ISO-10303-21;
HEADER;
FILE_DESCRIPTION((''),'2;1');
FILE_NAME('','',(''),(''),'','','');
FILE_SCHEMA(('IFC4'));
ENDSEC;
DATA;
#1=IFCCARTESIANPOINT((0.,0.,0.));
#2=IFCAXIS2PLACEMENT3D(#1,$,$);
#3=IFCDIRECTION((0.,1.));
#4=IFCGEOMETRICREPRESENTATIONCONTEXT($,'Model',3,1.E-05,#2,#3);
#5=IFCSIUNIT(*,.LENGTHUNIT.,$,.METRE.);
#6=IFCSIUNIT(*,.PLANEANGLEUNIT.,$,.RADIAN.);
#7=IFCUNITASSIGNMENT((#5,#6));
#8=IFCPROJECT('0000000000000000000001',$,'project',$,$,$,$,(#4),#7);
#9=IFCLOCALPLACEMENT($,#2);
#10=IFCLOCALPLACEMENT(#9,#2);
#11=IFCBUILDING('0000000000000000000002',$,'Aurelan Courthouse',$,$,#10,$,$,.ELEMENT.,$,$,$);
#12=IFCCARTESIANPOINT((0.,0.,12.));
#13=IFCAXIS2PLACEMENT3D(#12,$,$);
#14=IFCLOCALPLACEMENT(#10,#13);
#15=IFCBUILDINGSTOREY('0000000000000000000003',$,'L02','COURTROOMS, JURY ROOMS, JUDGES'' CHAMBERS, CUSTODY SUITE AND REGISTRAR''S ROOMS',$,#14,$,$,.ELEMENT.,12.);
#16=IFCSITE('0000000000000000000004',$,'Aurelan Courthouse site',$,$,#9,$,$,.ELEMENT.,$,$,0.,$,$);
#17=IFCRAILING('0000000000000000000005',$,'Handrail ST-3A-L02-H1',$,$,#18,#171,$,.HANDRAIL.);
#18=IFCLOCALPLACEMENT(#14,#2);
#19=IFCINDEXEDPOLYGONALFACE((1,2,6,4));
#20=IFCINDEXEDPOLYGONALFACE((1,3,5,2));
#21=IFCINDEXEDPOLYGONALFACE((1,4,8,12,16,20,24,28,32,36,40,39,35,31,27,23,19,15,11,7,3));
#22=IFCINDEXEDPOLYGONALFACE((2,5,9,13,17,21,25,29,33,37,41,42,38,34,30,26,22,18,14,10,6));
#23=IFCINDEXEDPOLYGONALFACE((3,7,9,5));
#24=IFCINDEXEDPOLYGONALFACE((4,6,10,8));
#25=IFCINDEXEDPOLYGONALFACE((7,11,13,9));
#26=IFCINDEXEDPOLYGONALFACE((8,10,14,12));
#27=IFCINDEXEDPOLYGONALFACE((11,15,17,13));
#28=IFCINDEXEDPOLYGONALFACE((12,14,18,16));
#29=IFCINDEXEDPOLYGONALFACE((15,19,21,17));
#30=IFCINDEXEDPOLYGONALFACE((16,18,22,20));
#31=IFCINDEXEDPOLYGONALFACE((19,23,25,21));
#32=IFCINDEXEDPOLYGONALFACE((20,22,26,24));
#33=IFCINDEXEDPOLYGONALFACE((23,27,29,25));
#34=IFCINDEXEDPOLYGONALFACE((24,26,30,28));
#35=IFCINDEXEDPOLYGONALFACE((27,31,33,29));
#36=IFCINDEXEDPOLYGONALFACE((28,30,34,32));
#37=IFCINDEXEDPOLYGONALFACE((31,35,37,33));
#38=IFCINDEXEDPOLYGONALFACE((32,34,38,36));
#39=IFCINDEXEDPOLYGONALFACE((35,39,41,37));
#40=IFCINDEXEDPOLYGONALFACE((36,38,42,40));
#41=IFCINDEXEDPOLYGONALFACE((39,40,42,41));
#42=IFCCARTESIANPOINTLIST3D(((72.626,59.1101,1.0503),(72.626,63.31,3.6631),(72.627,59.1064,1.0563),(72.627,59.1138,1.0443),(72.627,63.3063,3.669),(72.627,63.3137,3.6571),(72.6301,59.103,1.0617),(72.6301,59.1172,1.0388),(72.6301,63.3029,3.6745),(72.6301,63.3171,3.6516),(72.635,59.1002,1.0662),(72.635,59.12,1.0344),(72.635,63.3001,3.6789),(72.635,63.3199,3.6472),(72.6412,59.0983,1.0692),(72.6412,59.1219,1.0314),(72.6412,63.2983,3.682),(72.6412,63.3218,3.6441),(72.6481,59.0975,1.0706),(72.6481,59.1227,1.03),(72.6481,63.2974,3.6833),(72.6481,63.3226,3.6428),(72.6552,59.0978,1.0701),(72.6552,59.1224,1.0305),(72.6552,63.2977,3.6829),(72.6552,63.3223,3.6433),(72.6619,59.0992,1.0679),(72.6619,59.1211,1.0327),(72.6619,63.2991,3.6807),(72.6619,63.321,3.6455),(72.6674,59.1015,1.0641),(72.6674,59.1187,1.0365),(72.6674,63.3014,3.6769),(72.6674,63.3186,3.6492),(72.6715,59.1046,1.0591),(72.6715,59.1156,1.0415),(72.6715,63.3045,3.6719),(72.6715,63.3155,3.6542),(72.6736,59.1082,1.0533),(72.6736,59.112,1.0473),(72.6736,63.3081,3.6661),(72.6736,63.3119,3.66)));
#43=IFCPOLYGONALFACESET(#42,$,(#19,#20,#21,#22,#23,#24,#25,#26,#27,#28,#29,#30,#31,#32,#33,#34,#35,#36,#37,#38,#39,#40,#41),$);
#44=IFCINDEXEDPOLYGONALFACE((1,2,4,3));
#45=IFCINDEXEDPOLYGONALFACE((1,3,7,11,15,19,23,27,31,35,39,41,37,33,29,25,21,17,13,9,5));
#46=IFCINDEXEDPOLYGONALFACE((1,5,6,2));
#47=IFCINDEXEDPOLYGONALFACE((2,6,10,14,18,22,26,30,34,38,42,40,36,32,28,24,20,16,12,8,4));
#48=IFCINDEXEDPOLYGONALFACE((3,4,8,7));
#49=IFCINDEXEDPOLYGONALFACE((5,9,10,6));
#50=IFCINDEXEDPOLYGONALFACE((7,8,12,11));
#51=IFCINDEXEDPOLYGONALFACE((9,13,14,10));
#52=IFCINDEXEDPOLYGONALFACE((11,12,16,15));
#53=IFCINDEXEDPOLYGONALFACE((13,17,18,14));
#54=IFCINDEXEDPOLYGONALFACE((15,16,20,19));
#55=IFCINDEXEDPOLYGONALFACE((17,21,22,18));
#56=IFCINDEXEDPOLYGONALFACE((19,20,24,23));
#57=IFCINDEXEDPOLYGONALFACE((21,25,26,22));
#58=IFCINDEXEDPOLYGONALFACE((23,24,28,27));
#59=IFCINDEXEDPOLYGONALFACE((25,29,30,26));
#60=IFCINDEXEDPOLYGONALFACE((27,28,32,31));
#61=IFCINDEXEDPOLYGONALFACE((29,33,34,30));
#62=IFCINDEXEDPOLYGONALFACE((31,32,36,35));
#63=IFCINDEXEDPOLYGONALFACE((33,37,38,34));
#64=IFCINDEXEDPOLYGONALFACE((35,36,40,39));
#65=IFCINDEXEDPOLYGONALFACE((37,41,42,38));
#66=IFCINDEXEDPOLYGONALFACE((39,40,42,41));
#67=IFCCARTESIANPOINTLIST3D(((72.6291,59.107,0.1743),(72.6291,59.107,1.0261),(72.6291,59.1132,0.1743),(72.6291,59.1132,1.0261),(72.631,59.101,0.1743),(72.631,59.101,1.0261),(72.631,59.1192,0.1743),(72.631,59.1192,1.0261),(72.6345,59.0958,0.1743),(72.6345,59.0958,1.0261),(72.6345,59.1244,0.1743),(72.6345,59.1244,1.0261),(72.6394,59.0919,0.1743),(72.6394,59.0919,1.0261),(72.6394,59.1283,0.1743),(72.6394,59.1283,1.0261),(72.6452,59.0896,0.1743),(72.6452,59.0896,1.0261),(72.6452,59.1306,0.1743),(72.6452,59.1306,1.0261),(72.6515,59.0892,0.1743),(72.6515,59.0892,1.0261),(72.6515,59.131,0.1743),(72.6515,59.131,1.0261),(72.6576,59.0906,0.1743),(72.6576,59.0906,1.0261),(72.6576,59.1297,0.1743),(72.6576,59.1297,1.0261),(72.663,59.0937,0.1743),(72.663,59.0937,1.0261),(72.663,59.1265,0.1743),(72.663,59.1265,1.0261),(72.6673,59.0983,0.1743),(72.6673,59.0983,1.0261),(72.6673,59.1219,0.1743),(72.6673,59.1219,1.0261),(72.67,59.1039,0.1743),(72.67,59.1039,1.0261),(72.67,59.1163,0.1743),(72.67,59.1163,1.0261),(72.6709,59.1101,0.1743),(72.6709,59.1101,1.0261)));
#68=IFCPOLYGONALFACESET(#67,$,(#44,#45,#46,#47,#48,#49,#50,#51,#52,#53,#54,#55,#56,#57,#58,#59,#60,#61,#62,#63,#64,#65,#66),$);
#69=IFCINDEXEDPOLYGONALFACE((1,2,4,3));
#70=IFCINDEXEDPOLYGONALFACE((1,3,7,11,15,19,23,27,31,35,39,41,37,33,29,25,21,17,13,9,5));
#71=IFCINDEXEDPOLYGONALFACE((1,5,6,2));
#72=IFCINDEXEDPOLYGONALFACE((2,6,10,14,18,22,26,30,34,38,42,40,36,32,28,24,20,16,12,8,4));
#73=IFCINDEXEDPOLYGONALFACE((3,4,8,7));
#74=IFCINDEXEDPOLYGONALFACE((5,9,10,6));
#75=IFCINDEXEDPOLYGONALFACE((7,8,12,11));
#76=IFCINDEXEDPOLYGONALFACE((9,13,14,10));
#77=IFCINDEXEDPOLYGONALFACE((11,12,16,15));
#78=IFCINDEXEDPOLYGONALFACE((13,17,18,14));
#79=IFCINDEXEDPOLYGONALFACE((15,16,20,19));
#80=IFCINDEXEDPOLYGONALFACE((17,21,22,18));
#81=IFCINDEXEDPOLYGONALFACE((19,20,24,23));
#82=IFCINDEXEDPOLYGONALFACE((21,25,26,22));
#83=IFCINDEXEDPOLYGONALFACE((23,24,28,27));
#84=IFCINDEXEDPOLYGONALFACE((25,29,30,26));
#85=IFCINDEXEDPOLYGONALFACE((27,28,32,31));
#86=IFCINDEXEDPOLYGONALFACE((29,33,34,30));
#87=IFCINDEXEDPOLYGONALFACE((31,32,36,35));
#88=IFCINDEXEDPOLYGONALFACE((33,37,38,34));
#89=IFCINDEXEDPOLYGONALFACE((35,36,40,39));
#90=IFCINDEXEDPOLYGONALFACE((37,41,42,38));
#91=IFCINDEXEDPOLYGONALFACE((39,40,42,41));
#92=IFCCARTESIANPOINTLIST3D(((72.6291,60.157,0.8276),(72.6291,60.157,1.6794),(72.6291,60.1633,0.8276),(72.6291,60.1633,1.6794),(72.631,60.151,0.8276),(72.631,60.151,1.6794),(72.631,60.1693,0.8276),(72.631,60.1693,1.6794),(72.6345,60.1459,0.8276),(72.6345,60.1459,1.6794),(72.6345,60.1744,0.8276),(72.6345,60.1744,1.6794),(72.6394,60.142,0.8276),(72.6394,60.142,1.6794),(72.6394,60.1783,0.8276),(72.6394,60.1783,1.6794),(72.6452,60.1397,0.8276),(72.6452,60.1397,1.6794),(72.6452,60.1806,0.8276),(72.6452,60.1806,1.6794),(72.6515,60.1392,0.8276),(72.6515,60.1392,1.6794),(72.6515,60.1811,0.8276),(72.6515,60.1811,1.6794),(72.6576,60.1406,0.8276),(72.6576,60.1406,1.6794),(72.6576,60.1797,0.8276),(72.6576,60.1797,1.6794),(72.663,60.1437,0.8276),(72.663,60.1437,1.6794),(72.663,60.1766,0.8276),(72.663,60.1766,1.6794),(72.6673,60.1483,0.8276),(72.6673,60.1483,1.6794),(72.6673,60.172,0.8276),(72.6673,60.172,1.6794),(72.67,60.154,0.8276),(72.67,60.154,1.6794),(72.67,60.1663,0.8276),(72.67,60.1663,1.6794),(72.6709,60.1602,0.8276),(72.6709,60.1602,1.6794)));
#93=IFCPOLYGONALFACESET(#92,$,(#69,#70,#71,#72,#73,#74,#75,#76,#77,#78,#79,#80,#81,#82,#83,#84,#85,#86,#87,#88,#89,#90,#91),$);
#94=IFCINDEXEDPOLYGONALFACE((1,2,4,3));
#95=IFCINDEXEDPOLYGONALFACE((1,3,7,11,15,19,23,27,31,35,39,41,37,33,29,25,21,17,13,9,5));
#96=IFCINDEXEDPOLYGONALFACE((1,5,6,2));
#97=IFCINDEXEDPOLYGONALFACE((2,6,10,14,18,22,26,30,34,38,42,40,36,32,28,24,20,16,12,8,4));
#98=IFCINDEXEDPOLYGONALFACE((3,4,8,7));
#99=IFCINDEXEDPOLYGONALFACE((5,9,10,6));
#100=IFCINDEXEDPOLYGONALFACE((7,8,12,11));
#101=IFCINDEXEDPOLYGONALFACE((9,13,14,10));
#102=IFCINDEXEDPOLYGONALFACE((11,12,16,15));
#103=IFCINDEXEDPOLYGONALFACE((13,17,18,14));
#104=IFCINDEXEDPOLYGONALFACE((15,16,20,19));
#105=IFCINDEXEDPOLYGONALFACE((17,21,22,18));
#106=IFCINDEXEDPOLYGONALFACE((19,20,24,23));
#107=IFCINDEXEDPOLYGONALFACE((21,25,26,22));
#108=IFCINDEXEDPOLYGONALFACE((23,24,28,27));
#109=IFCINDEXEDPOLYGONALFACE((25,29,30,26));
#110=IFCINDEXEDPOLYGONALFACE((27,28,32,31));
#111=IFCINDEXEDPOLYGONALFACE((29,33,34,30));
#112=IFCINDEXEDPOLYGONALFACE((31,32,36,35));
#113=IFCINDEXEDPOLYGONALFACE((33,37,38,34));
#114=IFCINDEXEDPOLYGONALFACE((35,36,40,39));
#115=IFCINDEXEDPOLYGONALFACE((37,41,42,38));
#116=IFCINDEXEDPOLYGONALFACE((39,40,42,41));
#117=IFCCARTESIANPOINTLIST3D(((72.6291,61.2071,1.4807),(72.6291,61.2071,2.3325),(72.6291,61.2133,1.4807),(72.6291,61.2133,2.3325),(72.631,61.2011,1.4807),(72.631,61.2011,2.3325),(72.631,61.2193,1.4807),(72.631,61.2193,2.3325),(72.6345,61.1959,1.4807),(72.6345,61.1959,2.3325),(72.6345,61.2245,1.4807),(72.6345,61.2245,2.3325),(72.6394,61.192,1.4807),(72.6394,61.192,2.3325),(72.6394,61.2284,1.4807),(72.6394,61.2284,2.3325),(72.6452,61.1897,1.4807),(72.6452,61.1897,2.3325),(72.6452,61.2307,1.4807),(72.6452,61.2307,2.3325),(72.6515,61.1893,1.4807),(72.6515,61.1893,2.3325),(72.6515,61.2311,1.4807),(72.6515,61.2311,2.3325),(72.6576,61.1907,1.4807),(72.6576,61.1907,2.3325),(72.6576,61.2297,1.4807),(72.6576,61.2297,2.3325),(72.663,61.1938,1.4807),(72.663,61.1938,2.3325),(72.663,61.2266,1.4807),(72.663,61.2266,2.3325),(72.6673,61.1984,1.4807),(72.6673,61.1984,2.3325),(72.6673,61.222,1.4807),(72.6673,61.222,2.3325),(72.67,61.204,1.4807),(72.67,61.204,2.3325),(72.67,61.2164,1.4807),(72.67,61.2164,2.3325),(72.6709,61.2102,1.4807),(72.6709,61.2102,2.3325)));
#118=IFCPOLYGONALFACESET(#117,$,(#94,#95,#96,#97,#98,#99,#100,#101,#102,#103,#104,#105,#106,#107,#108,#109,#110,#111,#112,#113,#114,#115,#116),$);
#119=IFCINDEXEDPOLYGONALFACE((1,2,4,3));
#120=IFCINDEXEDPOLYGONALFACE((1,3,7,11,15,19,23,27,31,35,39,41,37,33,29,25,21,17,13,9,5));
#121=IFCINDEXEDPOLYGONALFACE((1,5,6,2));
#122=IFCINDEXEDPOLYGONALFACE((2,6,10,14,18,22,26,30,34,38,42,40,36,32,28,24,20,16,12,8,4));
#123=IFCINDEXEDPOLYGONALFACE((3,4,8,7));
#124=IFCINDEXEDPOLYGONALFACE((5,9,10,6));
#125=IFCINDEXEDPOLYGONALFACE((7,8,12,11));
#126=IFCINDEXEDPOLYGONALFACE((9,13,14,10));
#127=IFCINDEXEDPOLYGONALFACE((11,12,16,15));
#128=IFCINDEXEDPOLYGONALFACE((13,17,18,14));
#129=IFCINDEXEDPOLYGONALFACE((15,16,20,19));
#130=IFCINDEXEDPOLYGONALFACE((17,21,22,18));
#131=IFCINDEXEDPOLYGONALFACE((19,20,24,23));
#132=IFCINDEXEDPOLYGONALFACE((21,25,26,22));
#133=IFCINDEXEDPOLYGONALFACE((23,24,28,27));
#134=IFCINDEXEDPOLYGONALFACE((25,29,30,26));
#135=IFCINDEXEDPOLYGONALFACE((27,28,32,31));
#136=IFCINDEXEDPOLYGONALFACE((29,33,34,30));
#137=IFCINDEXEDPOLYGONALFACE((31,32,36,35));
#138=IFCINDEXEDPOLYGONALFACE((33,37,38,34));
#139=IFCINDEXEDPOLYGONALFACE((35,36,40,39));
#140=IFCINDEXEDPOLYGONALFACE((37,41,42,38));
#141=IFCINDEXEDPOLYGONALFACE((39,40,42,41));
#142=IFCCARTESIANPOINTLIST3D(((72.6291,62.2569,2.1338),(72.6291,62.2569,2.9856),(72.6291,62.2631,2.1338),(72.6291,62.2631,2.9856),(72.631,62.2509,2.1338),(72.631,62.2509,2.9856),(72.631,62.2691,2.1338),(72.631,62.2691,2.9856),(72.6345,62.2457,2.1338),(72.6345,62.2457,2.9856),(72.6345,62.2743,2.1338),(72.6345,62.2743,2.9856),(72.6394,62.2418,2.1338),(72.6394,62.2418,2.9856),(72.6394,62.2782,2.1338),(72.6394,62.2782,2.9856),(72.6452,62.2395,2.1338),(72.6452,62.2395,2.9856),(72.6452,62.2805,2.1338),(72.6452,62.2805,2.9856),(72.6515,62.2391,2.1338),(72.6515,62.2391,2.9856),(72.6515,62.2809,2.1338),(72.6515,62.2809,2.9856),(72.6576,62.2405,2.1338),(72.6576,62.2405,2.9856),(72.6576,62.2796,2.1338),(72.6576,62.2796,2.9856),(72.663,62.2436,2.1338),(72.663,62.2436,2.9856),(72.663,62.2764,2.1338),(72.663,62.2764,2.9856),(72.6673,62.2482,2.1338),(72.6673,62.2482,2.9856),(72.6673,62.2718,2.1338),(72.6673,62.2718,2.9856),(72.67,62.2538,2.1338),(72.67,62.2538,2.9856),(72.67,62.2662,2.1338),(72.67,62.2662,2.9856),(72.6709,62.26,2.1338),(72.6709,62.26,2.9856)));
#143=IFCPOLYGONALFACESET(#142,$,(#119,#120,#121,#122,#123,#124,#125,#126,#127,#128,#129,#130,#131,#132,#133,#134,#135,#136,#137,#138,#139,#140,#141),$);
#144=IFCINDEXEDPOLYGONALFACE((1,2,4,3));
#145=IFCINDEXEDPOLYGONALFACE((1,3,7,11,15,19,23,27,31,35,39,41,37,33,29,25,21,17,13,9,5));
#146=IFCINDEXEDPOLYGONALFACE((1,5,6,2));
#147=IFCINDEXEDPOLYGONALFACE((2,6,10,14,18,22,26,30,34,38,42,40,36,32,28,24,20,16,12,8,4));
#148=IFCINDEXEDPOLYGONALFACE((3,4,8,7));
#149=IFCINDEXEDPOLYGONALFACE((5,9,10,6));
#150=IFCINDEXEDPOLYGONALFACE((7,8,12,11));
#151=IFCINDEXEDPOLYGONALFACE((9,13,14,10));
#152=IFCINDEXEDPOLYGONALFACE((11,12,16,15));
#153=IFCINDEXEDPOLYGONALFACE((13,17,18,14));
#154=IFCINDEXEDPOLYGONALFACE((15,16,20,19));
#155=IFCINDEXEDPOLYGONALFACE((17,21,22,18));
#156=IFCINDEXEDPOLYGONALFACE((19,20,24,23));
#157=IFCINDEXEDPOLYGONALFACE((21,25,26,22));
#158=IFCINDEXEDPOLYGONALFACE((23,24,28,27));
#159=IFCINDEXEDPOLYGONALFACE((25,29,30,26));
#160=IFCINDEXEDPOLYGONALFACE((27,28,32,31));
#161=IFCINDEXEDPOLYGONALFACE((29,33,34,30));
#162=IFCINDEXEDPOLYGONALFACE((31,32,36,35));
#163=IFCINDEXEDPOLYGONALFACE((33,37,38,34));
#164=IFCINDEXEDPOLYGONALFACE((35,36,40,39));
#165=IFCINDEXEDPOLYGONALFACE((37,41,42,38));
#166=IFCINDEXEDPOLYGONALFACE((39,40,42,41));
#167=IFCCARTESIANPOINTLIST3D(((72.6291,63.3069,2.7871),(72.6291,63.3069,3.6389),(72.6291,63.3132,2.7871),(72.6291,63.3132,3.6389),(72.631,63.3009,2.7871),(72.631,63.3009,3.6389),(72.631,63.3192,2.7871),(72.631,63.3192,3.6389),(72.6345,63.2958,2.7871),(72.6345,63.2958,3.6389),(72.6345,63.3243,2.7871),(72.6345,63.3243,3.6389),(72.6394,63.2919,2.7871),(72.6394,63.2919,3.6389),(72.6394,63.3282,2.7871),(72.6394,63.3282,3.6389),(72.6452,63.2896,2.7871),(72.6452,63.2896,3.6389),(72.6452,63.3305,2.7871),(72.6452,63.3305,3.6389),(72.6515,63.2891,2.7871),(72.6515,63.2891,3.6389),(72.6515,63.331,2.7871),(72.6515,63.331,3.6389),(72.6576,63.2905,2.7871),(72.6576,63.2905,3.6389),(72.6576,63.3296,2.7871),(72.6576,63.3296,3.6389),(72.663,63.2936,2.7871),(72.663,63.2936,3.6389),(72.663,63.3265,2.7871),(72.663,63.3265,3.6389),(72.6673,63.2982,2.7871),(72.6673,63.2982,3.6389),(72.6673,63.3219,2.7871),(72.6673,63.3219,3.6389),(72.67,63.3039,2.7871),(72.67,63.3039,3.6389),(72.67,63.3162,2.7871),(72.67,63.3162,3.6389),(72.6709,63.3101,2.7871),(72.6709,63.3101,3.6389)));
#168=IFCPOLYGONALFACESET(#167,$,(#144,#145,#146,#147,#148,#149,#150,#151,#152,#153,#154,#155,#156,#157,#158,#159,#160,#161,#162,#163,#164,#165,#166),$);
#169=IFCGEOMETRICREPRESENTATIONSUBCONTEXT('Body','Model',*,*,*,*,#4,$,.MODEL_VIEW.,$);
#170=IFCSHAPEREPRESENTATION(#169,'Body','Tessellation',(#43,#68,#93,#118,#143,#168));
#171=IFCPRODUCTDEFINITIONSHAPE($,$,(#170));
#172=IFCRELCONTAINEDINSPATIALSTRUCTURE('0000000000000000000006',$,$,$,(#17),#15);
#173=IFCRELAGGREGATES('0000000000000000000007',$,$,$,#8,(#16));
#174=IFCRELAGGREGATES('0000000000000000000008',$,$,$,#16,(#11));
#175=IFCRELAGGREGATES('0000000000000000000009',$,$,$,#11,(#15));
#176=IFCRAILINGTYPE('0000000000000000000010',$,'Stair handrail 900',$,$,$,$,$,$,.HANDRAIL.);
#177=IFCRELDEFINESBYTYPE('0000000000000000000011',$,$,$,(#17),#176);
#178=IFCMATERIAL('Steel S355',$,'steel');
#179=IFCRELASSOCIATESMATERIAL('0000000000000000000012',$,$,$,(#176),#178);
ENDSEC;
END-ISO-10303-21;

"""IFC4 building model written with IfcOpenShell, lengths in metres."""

from ifc_helpers import new_model, si_unit, direction, frame, origin, origin_2d, place, context, subcontext, project, spatial, circle, extrude, material, type_object, element, save


model = new_model("IFC4")

# Units and contexts
model_context = context("Model", 3, precision=1e-05, world=origin(), true_north=direction((0.0, 1.0)))
body_context = subcontext(model_context, "Body", "Model", "MODEL_VIEW")
ifc_project = project(units=[si_unit("LENGTHUNIT", "METRE"), si_unit("PLANEANGLEUNIT", "RADIAN")], contexts=[model_context])

# Site, building, storey
site_placement = place(None, origin())
site = spatial("IfcSite", under=ifc_project, at=site_placement, Name="Aurelan Courthouse site", CompositionType="ELEMENT", RefElevation=0.0)
building_placement = place(site_placement, origin())
building = spatial("IfcBuilding", under=site, at=building_placement, Name="Aurelan Courthouse", CompositionType="ELEMENT")
storey_placement = place(building_placement, frame((0.0, 0.0, 12.0)))
storey = spatial("IfcBuildingStorey", under=building, at=storey_placement, Name="L02", Description="COURTROOMS, JURY ROOMS, JUDGES' CHAMBERS, CUSTODY SUITE AND REGISTRAR'S ROOMS", CompositionType="ELEMENT", Elevation=12.0)

# Railing
ifc_material_1 = material(Name="Steel S355", Category="steel")
railing_type = type_object("IfcRailingType", Name="Stair handrail 900", PredefinedType="HANDRAIL", material=ifc_material_1)
for number, where, name in (
    (1, (72.6499, 59.1101, 0.1743), "Handrail ST-3A-L02-H1"),
):
    element("IfcRailing", number, at=place(storey_placement, frame(where)), inside=storey, type_object=railing_type, Name=name, PredefinedType="HANDRAIL", context=body_context, shape_type="SweptSolid", body=[
        extrude(circle(Radius=0.0239, at=origin_2d()), frame((0.0, 0.0, 0.876), z_axis=(0.0, 0.849103, 0.528228), x_axis=(-1.0, 0.0, 0.0)), (0.0, 0.0, 1.0), 4.9463),
        extrude(circle(Radius=0.021, at=origin_2d()), origin(), (0.0, 0.0, 1.0), 0.8518),
        extrude(circle(Radius=0.021, at=origin_2d()), frame((0.0, 1.05, 0.6533)), (0.0, 0.0, 1.0), 0.8518),
        extrude(circle(Radius=0.021, at=origin_2d()), frame((0.0, 2.1001, 1.3064)), (0.0, 0.0, 1.0), 0.8518),
        extrude(circle(Radius=0.021, at=origin_2d()), frame((0.0, 3.1499, 1.9595)), (0.0, 0.0, 1.0), 0.8518),
        extrude(circle(Radius=0.021, at=origin_2d()), frame((0.0, 4.2, 2.6128)), (0.0, 0.0, 1.0), 0.8518),
    ])

save(model, "model.ifc")
